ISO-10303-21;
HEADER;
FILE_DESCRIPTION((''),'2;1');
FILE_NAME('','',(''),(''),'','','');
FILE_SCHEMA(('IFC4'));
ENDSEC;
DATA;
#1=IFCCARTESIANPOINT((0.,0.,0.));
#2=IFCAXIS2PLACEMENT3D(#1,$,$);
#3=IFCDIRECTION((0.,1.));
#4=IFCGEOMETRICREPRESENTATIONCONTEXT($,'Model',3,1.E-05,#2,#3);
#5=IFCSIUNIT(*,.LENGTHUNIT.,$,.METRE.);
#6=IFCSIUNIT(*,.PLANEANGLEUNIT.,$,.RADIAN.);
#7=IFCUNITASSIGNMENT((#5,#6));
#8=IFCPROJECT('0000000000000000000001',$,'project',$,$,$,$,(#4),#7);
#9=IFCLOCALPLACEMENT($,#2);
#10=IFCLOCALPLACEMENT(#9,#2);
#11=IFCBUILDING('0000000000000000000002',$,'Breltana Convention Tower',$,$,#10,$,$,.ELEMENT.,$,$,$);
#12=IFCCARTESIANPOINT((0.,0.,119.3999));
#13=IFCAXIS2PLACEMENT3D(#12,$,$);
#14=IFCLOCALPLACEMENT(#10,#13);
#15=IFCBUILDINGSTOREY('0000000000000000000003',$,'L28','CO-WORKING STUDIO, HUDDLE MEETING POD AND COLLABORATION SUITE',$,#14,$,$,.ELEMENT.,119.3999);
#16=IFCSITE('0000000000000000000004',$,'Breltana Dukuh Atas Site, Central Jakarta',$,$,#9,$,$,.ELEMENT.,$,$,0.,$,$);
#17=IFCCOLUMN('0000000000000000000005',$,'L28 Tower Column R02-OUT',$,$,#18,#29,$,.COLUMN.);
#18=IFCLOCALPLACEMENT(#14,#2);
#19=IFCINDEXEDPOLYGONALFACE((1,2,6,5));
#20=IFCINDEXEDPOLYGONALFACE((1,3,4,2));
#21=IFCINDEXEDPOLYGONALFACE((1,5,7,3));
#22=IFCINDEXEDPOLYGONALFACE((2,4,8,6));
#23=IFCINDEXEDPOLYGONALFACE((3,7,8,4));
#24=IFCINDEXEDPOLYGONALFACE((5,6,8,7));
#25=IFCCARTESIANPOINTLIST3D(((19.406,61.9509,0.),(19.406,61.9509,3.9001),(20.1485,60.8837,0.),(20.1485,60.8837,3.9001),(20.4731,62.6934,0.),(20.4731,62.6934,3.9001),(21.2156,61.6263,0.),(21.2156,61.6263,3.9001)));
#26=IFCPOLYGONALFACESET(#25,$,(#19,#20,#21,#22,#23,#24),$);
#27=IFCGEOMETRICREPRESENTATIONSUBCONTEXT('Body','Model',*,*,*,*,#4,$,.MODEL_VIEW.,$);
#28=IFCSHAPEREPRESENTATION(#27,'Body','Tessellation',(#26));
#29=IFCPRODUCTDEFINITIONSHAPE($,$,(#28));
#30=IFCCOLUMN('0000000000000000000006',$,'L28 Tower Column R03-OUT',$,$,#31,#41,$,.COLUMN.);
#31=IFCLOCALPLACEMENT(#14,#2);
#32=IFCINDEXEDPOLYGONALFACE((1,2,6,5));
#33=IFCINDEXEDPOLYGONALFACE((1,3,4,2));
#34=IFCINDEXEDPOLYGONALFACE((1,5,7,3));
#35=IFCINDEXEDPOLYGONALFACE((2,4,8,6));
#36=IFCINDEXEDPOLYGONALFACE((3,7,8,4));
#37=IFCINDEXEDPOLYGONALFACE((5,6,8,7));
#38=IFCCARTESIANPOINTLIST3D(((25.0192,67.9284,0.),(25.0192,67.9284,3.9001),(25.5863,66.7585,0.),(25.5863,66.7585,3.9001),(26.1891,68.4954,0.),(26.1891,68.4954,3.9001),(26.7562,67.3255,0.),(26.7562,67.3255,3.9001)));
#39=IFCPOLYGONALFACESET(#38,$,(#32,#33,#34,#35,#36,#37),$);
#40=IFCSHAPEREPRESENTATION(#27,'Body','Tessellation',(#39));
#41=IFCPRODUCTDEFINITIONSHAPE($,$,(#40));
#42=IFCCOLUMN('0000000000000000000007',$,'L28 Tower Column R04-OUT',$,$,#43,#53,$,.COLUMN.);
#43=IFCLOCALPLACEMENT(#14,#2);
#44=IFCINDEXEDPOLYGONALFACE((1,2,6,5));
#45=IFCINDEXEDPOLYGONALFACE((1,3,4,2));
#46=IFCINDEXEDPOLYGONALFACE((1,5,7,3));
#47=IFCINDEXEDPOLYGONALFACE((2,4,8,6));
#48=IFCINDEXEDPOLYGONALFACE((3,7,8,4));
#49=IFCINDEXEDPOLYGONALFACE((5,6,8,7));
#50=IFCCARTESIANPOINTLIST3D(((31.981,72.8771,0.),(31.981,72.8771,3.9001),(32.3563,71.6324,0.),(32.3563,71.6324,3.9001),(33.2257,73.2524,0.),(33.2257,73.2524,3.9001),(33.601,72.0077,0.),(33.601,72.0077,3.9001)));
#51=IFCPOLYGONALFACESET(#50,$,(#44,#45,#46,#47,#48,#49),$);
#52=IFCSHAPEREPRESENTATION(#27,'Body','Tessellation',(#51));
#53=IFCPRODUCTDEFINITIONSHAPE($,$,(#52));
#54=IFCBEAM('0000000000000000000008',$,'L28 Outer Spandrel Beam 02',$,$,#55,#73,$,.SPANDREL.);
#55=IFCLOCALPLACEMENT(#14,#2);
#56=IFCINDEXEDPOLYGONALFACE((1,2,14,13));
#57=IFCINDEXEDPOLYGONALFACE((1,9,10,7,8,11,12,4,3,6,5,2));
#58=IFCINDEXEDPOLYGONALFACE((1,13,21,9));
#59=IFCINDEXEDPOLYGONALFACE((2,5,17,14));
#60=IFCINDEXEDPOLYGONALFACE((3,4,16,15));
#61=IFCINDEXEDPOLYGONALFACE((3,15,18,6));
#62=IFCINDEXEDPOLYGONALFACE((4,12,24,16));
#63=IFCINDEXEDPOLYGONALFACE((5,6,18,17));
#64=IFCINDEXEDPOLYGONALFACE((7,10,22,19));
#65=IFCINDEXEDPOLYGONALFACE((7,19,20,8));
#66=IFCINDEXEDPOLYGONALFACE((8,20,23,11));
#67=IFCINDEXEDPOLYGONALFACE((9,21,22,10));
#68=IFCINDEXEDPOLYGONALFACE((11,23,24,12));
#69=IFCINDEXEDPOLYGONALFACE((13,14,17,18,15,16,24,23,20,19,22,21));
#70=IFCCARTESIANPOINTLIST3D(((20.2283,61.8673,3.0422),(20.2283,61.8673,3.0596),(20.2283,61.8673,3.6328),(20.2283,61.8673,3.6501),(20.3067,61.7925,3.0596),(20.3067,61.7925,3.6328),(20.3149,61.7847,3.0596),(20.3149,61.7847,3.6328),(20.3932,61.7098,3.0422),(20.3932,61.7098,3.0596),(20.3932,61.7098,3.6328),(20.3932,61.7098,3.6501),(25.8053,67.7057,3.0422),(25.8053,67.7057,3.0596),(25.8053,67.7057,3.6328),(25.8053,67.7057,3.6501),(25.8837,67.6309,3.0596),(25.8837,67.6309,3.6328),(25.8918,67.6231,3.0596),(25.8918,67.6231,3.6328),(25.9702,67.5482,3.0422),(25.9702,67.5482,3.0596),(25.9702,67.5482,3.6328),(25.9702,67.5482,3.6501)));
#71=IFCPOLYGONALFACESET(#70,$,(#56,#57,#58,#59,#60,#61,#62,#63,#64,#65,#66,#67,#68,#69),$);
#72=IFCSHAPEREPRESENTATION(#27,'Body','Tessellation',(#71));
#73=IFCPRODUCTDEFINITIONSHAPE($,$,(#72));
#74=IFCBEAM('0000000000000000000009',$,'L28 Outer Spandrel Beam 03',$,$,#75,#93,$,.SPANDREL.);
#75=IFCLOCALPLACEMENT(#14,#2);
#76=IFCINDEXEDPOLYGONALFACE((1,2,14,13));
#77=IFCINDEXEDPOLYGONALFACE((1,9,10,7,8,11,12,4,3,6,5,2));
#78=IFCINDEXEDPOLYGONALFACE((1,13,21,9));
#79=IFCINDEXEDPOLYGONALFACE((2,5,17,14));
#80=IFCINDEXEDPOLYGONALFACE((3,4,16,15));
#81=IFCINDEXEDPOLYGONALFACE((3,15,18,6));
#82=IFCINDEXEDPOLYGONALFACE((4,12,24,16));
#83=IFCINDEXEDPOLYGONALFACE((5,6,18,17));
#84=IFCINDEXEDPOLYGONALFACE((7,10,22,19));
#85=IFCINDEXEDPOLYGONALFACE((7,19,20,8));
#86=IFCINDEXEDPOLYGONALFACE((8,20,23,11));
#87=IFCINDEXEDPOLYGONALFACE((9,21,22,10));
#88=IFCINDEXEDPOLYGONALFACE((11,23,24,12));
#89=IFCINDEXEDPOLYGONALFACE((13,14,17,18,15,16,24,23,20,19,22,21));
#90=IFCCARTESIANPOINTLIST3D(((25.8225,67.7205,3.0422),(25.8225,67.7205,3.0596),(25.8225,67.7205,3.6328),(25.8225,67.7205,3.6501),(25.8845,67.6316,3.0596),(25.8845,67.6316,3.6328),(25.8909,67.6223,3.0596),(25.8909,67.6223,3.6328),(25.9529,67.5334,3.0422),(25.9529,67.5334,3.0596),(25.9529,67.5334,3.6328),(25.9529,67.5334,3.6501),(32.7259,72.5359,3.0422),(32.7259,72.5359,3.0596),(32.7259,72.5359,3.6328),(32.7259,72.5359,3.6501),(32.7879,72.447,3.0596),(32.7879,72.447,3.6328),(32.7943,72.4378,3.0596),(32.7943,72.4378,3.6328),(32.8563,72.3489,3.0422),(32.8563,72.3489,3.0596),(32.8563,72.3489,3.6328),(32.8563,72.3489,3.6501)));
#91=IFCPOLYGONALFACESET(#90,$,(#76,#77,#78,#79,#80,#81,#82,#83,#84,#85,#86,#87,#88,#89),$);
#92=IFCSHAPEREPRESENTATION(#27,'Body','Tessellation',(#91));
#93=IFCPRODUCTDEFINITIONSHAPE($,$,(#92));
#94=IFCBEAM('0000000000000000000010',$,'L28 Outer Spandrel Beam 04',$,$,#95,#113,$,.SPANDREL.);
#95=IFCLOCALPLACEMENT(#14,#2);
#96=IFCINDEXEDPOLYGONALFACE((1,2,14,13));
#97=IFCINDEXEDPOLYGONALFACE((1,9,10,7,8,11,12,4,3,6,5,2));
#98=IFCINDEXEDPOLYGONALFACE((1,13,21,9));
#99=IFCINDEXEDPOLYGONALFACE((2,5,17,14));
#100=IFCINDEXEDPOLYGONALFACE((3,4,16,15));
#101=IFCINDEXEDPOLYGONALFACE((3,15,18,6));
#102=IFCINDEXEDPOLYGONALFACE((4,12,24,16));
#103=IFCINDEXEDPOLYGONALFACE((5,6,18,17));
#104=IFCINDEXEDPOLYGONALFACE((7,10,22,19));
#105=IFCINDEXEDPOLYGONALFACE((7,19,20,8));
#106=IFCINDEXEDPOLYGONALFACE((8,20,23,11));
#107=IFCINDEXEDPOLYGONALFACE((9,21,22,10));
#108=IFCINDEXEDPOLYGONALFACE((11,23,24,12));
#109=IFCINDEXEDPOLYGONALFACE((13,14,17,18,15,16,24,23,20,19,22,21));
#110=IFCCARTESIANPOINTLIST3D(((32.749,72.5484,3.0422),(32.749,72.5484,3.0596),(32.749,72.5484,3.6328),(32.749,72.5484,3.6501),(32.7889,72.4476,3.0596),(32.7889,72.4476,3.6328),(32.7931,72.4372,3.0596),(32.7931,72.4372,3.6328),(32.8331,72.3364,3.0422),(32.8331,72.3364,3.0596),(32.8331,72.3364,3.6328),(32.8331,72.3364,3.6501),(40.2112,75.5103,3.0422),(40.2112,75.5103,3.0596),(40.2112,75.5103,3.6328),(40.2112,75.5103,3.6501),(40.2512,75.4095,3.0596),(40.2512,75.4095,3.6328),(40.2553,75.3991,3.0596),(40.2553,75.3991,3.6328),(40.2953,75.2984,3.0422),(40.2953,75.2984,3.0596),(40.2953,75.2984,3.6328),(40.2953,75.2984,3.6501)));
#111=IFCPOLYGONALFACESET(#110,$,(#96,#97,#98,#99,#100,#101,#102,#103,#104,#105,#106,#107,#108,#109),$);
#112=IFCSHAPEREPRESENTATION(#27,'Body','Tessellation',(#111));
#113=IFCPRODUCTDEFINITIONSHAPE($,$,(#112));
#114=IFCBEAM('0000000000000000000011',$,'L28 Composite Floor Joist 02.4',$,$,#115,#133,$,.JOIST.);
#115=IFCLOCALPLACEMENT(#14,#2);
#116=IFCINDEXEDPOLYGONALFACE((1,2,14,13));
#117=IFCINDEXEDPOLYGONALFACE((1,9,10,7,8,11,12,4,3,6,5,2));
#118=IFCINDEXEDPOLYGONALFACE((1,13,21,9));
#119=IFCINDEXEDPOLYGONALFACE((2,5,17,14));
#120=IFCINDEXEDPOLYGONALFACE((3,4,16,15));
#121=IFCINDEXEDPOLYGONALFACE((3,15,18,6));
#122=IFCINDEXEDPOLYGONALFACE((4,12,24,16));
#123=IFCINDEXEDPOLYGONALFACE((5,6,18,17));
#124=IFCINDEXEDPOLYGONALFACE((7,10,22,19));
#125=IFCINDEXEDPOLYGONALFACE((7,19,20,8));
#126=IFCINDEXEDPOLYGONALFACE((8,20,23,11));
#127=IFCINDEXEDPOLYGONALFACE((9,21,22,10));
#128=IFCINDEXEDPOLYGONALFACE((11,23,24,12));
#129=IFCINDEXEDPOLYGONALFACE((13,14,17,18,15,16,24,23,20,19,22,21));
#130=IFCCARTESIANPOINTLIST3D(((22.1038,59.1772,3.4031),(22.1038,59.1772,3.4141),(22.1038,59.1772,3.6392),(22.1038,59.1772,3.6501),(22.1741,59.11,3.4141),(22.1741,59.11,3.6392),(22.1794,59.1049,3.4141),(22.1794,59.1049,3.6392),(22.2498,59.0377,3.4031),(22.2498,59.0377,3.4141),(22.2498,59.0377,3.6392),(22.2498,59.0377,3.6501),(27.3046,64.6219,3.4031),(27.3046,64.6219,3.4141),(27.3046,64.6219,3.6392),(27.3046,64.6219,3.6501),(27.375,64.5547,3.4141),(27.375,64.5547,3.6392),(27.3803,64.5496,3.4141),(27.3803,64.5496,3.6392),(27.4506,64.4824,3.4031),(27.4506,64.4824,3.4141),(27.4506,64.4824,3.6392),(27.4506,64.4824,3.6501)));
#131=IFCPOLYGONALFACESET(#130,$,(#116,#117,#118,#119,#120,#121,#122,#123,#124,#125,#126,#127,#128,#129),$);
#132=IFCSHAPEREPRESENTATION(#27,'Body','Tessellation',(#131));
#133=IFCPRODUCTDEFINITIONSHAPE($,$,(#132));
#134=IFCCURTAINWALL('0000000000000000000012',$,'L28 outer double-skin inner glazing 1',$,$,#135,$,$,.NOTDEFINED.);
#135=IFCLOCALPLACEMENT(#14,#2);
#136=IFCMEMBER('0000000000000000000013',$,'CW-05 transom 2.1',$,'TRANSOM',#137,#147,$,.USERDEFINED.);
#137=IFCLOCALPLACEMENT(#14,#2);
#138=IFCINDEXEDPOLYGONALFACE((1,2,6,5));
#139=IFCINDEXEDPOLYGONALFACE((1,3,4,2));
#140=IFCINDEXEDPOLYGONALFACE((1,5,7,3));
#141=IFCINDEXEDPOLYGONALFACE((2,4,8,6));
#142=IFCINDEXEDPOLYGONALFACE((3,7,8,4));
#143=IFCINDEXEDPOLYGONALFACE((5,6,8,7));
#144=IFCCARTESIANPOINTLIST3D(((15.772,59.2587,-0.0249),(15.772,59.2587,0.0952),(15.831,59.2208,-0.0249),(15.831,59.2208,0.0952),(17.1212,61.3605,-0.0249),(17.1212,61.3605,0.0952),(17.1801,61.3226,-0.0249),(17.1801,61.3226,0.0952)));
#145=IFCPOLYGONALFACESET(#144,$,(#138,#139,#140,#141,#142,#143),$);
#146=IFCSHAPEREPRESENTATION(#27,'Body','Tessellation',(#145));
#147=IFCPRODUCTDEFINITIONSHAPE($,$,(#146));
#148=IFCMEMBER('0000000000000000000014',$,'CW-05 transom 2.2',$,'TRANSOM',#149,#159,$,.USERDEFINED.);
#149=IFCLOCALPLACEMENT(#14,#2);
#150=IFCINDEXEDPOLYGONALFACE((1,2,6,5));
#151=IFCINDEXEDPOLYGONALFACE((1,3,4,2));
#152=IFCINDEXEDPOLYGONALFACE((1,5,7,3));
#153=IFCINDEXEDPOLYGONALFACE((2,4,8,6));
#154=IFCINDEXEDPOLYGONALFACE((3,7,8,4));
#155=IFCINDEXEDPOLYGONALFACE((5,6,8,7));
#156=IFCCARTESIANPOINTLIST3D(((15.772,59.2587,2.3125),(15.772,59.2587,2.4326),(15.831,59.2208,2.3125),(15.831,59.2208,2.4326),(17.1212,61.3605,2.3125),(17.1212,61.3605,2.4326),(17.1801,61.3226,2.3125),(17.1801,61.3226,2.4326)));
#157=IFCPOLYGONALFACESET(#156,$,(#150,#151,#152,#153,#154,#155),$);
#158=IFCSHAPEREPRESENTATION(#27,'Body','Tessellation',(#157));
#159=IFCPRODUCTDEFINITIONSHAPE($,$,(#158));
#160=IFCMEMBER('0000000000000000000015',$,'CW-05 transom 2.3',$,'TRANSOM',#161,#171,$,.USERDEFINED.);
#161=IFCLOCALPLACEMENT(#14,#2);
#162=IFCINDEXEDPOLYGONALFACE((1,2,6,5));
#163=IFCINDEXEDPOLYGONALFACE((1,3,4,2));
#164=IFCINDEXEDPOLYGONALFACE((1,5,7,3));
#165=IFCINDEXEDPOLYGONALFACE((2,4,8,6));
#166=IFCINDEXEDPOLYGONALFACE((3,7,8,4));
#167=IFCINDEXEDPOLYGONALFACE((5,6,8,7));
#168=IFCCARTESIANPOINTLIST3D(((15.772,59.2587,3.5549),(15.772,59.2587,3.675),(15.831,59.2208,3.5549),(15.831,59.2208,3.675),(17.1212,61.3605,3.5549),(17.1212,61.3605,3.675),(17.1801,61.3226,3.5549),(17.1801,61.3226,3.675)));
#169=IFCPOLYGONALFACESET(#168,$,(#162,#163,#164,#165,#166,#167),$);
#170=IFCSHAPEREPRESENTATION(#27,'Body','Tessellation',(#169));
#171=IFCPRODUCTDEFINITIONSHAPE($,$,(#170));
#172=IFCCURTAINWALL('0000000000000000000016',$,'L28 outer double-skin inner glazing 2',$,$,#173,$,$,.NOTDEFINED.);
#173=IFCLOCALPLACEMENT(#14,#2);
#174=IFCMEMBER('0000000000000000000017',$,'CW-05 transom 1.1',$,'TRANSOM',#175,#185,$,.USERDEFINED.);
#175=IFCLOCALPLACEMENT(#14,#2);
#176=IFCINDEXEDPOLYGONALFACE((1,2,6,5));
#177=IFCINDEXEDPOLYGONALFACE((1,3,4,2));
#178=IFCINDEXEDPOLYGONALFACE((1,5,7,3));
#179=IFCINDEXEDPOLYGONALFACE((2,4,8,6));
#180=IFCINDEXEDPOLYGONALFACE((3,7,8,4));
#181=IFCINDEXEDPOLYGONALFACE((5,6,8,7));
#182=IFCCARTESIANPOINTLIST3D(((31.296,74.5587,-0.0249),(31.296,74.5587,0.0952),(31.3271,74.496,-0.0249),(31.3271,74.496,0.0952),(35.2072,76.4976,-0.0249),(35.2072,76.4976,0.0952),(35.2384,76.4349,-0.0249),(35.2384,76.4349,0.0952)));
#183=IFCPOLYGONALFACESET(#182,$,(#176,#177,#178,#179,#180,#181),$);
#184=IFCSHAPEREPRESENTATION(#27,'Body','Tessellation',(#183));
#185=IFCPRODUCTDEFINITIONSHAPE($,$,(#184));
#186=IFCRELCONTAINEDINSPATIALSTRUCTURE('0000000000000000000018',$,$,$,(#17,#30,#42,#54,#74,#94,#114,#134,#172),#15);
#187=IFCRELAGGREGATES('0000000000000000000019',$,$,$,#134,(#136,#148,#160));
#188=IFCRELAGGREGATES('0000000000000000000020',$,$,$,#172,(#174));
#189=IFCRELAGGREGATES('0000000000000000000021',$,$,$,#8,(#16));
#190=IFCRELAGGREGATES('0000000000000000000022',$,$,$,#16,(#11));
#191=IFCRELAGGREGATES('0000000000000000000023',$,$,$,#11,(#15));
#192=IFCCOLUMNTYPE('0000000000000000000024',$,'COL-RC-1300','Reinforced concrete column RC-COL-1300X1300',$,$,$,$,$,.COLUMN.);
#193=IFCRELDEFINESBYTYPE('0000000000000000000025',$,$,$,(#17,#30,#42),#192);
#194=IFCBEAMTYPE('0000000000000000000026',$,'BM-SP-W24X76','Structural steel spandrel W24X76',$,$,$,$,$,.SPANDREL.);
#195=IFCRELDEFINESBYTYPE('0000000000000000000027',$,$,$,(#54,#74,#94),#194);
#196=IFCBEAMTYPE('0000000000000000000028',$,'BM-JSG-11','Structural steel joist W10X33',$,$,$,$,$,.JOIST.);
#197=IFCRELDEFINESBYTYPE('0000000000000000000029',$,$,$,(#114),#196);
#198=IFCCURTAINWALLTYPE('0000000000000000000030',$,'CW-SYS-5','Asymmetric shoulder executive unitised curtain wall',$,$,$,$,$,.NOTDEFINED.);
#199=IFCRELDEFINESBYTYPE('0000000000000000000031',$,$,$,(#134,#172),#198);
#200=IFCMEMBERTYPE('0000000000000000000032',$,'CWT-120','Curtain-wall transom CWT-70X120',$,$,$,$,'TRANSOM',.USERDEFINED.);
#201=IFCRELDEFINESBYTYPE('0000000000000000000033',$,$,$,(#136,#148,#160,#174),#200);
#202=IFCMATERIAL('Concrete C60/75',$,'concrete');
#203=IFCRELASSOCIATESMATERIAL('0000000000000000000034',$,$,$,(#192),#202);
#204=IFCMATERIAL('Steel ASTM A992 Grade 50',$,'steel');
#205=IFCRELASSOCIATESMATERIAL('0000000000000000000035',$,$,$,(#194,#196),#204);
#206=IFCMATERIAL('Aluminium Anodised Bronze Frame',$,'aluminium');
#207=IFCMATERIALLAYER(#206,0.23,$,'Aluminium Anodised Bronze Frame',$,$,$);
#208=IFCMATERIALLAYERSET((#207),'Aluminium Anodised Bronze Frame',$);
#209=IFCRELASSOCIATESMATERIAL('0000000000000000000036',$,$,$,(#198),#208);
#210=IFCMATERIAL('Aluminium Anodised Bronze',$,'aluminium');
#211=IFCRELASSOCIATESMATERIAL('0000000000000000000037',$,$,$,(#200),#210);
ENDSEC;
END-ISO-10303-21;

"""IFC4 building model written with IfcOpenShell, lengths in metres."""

from ifc_helpers import new_model, si_unit, direction, frame, origin, origin_2d, place, context, subcontext, project, spatial, rectangle, i_section, extrude, source, transform, mapped, material, layer, layer_set, material_profile, profile_set, type_object, element, aggregate, save


model = new_model("IFC4")

# Units and contexts
model_context = context("Model", 3, precision=1e-05, world=origin(), true_north=direction((0.0, 1.0)))
body_context = subcontext(model_context, "Body", "Model", "MODEL_VIEW")
ifc_project = project(units=[si_unit("LENGTHUNIT", "METRE"), si_unit("PLANEANGLEUNIT", "RADIAN")], contexts=[model_context])

# Site, building, storey
site_placement = place(None, origin())
site = spatial("IfcSite", under=ifc_project, at=site_placement, Name="Breltana Dukuh Atas Site, Central Jakarta", CompositionType="ELEMENT", RefElevation=0.0)
building_placement = place(site_placement, origin())
building = spatial("IfcBuilding", under=site, at=building_placement, Name="Breltana Convention Tower", CompositionType="ELEMENT")
storey_placement = place(building_placement, frame((0.0, 0.0, 119.3999)))
storey = spatial("IfcBuildingStorey", under=building, at=storey_placement, Name="L28", Description="CO-WORKING STUDIO, HUDDLE MEETING POD AND COLLABORATION SUITE", CompositionType="ELEMENT", Elevation=119.3999)

# Columns
ifc_material_1 = material(Name="Concrete C60/75", Category="concrete")
ifc_material_profile_1 = material_profile(ifc_material_1, rectangle(XDim=1.3, YDim=1.3, at=origin_2d()), Name="RC-COL-1300X1300")
ifc_profile_set_1 = profile_set([ifc_material_profile_1], Name="Concrete C60/75")
column_type = type_object("IfcColumnType", Name="COL-RC-1300", Description="Reinforced concrete column RC-COL-1300X1300", PredefinedType="COLUMN", material=ifc_profile_set_1)
shared_shape_1 = source(origin(), body_context, "Body", "SweptSolid", [
    extrude(rectangle(XDim=1.3, YDim=1.3, at=origin_2d()), origin(), (0.0, 0.0, 1.0), 3.9001),
])
for number, where, z_axis, x_axis, name in (
    (1, (20.3108, 61.7886, 0.0), (0.0, 0.0, 1.0), (-0.571143, 0.82085, 0.0), "L28 Tower Column R02-OUT"),
    (2, (25.8877, 67.627, 0.0), (0.0, 0.0, 1.0), (-0.436174, 0.899863, 0.0), "L28 Tower Column R03-OUT"),
    (3, (32.791, 72.4424, 0.0), (0.0, 0.0, 1.0), (-0.288698, 0.95742, 0.0), "L28 Tower Column R04-OUT"),
):
    element("IfcColumn", number, at=place(storey_placement, frame(where, z_axis=z_axis, x_axis=x_axis)), inside=storey, type_object=column_type, Name=name, PredefinedType="COLUMN", context=body_context, shape_type="MappedRepresentation", body=[
        mapped(shared_shape_1, transform((0.0, 0.0, 0.0), scale=1.0)),
    ])

# Beams
ifc_material_2 = material(Name="Steel ASTM A992 Grade 50", Category="steel")
ifc_material_profile_2 = material_profile(ifc_material_2, i_section(OverallWidth=0.228, OverallDepth=0.6079, WebThickness=0.0112, FlangeThickness=0.0173, at=origin_2d()), Name="W24X76")
ifc_profile_set_2 = profile_set([ifc_material_profile_2], Name="Steel ASTM A992 Grade 50")
beam_type_1 = type_object("IfcBeamType", Name="BM-SP-W24X76", Description="Structural steel spandrel W24X76", PredefinedType="SPANDREL", material=ifc_profile_set_2)
shared_shape_2 = source(origin(), body_context, "Body", "SweptSolid", [
    extrude(i_section(OverallWidth=0.228, OverallDepth=0.6079, WebThickness=0.0112, FlangeThickness=0.0173, at=origin_2d()), origin(), (0.0, 0.0, 1.0), 8.074),
])
beam_1_placement = place(storey_placement, frame((20.3108, 61.7886, 3.3462), z_axis=(0.690729, 0.723114, 0.0), x_axis=(-0.723114, 0.690729, 0.0)))
element("IfcBeam", 4, at=beam_1_placement, inside=storey, type_object=beam_type_1, Name="L28 Outer Spandrel Beam 02", PredefinedType="SPANDREL", context=body_context, shape_type="MappedRepresentation", body=[
    mapped(shared_shape_2, transform((0.0, 0.0, 0.0), scale=1.0)),
])
shared_shape_3 = source(origin(), body_context, "Body", "SweptSolid", [
    extrude(i_section(OverallWidth=0.228, OverallDepth=0.6079, WebThickness=0.0112, FlangeThickness=0.0173, at=origin_2d()), origin(), (0.0, 0.0, 1.0), 8.417),
])
beam_2_placement = place(storey_placement, frame((25.8877, 67.627, 3.3462), z_axis=(0.820174, 0.572114, 0.0), x_axis=(-0.572114, 0.820174, 0.0)))
element("IfcBeam", 5, at=beam_2_placement, inside=storey, type_object=beam_type_1, Name="L28 Outer Spandrel Beam 03", PredefinedType="SPANDREL", context=body_context, shape_type="MappedRepresentation", body=[
    mapped(shared_shape_3, transform((0.0, 0.0, 0.0), scale=1.0)),
])
shared_shape_4 = source(origin(), body_context, "Body", "SweptSolid", [
    extrude(i_section(OverallWidth=0.228, OverallDepth=0.6079, WebThickness=0.0112, FlangeThickness=0.0173, at=origin_2d()), origin(), (0.0, 0.0, 1.0), 8.0286),
])
beam_3_placement = place(storey_placement, frame((32.791, 72.4424, 3.3462), z_axis=(0.929459, 0.368925, 0.0), x_axis=(-0.368925, 0.929459, 0.0)))
element("IfcBeam", 6, at=beam_3_placement, inside=storey, type_object=beam_type_1, Name="L28 Outer Spandrel Beam 04", PredefinedType="SPANDREL", context=body_context, shape_type="MappedRepresentation", body=[
    mapped(shared_shape_4, transform((0.0, 0.0, 0.0), scale=1.0)),
])
ifc_material_profile_3 = material_profile(ifc_material_2, i_section(OverallWidth=0.2019, OverallDepth=0.2471, WebThickness=0.0073, FlangeThickness=0.011, at=origin_2d()), Name="W10X33")
ifc_profile_set_3 = profile_set([ifc_material_profile_3], Name="Steel ASTM A992 Grade 50")
beam_type_2 = type_object("IfcBeamType", Name="BM-JSG-11", Description="Structural steel joist W10X33", PredefinedType="JOIST", material=ifc_profile_set_3)
shared_shape_5 = source(origin(), body_context, "Body", "SweptSolid", [
    extrude(i_section(OverallWidth=0.2019, OverallDepth=0.2471, WebThickness=0.0073, FlangeThickness=0.011, at=origin_2d()), origin(), (0.0, 0.0, 1.0), 7.5295),
])
beam_4_placement = place(storey_placement, frame((22.1768, 59.1074, 3.5266), z_axis=(0.690726, 0.723117, 0.0), x_axis=(-0.723117, 0.690726, 0.0)))
element("IfcBeam", 7, at=beam_4_placement, inside=storey, type_object=beam_type_2, Name="L28 Composite Floor Joist 02.4", PredefinedType="JOIST", context=body_context, shape_type="MappedRepresentation", body=[
    mapped(shared_shape_5, transform((0.0, 0.0, 0.0), scale=1.0)),
])

# Curtain walls, members
ifc_material_3 = material(Name="Aluminium Anodised Bronze Frame", Category="aluminium")
ifc_layer_1 = layer(ifc_material_3, 0.23, Name="Aluminium Anodised Bronze Frame")
ifc_layer_set_1 = layer_set([ifc_layer_1], Name="Aluminium Anodised Bronze Frame")
curtain_wall_type = type_object("IfcCurtainWallType", Name="CW-SYS-5", Description="Asymmetric shoulder executive unitised curtain wall", PredefinedType="NOTDEFINED", material=ifc_layer_set_1)
curtain_wall_1_placement = place(storey_placement, origin())
curtain_wall_1 = element("IfcCurtainWall", 8, at=curtain_wall_1_placement, inside=storey, type_object=curtain_wall_type, Name="L28 outer double-skin inner glazing 1", PredefinedType="NOTDEFINED")
ifc_material_4 = material(Name="Aluminium Anodised Bronze", Category="aluminium")
ifc_material_profile_4 = material_profile(ifc_material_4, rectangle(XDim=0.0701, YDim=0.1201, at=origin_2d()), Name="CWT-70X120")
ifc_profile_set_4 = profile_set([ifc_material_profile_4], Name="Aluminium Anodised Bronze")
member_type_1 = type_object("IfcMemberType", Name="CWT-120", Description="Curtain-wall transom CWT-70X120", ElementType="TRANSOM", PredefinedType="USERDEFINED", material=ifc_profile_set_4)
shared_shape_6 = source(origin(), body_context, "Body", "SweptSolid", [
    extrude(rectangle(XDim=0.0701, YDim=0.1201, at=origin_2d()), origin(), (0.0, 0.0, 1.0), 2.4976),
])
member_1_placement = place(storey_placement, frame((15.8015, 59.2397, 0.0352), z_axis=(0.540179, 0.84155, 0.0), x_axis=(-0.84155, 0.540179, 0.0)))
member_1 = element("IfcMember", 9, at=member_1_placement, type_object=member_type_1, Name="CW-05 transom 2.1", ObjectType="TRANSOM", PredefinedType="USERDEFINED", context=body_context, shape_type="MappedRepresentation", body=[
    mapped(shared_shape_6, transform((0.0, 0.0, 0.0), scale=1.0)),
])
member_2_placement = place(storey_placement, frame((15.8015, 59.2397, 2.3726), z_axis=(0.540179, 0.84155, 0.0), x_axis=(-0.84155, 0.540179, 0.0)))
member_2 = element("IfcMember", 10, at=member_2_placement, type_object=member_type_1, Name="CW-05 transom 2.2", ObjectType="TRANSOM", PredefinedType="USERDEFINED", context=body_context, shape_type="MappedRepresentation", body=[
    mapped(shared_shape_6, transform((0.0, 0.0, 0.0), scale=1.0)),
])
member_3_placement = place(storey_placement, frame((15.8015, 59.2397, 3.615), z_axis=(0.540179, 0.84155, 0.0), x_axis=(-0.84155, 0.540179, 0.0)))
member_3 = element("IfcMember", 11, at=member_3_placement, type_object=member_type_1, Name="CW-05 transom 2.3", ObjectType="TRANSOM", PredefinedType="USERDEFINED", context=body_context, shape_type="MappedRepresentation", body=[
    mapped(shared_shape_6, transform((0.0, 0.0, 0.0), scale=1.0)),
])
curtain_wall_2_placement = place(storey_placement, origin())
curtain_wall_2 = element("IfcCurtainWall", 12, at=curtain_wall_2_placement, inside=storey, type_object=curtain_wall_type, Name="L28 outer double-skin inner glazing 2", PredefinedType="NOTDEFINED")
shared_shape_7 = source(origin(), body_context, "Body", "SweptSolid", [
    extrude(rectangle(XDim=0.0701, YDim=0.1201, at=origin_2d()), origin(), (0.0, 0.0, 1.0), 4.3655),
])
member_4_placement = place(storey_placement, frame((31.3115, 74.5273, 0.0352), z_axis=(0.895954, 0.444146, 0.0), x_axis=(-0.444146, 0.895954, 0.0)))
member_4 = element("IfcMember", 13, at=member_4_placement, type_object=member_type_1, Name="CW-05 transom 1.1", ObjectType="TRANSOM", PredefinedType="USERDEFINED", context=body_context, shape_type="MappedRepresentation", body=[
    mapped(shared_shape_7, transform((0.0, 0.0, 0.0), scale=1.0)),
])

aggregate(curtain_wall_1, [member_1, member_2, member_3])
aggregate(curtain_wall_2, [member_4])

save(model, "model.ifc")
